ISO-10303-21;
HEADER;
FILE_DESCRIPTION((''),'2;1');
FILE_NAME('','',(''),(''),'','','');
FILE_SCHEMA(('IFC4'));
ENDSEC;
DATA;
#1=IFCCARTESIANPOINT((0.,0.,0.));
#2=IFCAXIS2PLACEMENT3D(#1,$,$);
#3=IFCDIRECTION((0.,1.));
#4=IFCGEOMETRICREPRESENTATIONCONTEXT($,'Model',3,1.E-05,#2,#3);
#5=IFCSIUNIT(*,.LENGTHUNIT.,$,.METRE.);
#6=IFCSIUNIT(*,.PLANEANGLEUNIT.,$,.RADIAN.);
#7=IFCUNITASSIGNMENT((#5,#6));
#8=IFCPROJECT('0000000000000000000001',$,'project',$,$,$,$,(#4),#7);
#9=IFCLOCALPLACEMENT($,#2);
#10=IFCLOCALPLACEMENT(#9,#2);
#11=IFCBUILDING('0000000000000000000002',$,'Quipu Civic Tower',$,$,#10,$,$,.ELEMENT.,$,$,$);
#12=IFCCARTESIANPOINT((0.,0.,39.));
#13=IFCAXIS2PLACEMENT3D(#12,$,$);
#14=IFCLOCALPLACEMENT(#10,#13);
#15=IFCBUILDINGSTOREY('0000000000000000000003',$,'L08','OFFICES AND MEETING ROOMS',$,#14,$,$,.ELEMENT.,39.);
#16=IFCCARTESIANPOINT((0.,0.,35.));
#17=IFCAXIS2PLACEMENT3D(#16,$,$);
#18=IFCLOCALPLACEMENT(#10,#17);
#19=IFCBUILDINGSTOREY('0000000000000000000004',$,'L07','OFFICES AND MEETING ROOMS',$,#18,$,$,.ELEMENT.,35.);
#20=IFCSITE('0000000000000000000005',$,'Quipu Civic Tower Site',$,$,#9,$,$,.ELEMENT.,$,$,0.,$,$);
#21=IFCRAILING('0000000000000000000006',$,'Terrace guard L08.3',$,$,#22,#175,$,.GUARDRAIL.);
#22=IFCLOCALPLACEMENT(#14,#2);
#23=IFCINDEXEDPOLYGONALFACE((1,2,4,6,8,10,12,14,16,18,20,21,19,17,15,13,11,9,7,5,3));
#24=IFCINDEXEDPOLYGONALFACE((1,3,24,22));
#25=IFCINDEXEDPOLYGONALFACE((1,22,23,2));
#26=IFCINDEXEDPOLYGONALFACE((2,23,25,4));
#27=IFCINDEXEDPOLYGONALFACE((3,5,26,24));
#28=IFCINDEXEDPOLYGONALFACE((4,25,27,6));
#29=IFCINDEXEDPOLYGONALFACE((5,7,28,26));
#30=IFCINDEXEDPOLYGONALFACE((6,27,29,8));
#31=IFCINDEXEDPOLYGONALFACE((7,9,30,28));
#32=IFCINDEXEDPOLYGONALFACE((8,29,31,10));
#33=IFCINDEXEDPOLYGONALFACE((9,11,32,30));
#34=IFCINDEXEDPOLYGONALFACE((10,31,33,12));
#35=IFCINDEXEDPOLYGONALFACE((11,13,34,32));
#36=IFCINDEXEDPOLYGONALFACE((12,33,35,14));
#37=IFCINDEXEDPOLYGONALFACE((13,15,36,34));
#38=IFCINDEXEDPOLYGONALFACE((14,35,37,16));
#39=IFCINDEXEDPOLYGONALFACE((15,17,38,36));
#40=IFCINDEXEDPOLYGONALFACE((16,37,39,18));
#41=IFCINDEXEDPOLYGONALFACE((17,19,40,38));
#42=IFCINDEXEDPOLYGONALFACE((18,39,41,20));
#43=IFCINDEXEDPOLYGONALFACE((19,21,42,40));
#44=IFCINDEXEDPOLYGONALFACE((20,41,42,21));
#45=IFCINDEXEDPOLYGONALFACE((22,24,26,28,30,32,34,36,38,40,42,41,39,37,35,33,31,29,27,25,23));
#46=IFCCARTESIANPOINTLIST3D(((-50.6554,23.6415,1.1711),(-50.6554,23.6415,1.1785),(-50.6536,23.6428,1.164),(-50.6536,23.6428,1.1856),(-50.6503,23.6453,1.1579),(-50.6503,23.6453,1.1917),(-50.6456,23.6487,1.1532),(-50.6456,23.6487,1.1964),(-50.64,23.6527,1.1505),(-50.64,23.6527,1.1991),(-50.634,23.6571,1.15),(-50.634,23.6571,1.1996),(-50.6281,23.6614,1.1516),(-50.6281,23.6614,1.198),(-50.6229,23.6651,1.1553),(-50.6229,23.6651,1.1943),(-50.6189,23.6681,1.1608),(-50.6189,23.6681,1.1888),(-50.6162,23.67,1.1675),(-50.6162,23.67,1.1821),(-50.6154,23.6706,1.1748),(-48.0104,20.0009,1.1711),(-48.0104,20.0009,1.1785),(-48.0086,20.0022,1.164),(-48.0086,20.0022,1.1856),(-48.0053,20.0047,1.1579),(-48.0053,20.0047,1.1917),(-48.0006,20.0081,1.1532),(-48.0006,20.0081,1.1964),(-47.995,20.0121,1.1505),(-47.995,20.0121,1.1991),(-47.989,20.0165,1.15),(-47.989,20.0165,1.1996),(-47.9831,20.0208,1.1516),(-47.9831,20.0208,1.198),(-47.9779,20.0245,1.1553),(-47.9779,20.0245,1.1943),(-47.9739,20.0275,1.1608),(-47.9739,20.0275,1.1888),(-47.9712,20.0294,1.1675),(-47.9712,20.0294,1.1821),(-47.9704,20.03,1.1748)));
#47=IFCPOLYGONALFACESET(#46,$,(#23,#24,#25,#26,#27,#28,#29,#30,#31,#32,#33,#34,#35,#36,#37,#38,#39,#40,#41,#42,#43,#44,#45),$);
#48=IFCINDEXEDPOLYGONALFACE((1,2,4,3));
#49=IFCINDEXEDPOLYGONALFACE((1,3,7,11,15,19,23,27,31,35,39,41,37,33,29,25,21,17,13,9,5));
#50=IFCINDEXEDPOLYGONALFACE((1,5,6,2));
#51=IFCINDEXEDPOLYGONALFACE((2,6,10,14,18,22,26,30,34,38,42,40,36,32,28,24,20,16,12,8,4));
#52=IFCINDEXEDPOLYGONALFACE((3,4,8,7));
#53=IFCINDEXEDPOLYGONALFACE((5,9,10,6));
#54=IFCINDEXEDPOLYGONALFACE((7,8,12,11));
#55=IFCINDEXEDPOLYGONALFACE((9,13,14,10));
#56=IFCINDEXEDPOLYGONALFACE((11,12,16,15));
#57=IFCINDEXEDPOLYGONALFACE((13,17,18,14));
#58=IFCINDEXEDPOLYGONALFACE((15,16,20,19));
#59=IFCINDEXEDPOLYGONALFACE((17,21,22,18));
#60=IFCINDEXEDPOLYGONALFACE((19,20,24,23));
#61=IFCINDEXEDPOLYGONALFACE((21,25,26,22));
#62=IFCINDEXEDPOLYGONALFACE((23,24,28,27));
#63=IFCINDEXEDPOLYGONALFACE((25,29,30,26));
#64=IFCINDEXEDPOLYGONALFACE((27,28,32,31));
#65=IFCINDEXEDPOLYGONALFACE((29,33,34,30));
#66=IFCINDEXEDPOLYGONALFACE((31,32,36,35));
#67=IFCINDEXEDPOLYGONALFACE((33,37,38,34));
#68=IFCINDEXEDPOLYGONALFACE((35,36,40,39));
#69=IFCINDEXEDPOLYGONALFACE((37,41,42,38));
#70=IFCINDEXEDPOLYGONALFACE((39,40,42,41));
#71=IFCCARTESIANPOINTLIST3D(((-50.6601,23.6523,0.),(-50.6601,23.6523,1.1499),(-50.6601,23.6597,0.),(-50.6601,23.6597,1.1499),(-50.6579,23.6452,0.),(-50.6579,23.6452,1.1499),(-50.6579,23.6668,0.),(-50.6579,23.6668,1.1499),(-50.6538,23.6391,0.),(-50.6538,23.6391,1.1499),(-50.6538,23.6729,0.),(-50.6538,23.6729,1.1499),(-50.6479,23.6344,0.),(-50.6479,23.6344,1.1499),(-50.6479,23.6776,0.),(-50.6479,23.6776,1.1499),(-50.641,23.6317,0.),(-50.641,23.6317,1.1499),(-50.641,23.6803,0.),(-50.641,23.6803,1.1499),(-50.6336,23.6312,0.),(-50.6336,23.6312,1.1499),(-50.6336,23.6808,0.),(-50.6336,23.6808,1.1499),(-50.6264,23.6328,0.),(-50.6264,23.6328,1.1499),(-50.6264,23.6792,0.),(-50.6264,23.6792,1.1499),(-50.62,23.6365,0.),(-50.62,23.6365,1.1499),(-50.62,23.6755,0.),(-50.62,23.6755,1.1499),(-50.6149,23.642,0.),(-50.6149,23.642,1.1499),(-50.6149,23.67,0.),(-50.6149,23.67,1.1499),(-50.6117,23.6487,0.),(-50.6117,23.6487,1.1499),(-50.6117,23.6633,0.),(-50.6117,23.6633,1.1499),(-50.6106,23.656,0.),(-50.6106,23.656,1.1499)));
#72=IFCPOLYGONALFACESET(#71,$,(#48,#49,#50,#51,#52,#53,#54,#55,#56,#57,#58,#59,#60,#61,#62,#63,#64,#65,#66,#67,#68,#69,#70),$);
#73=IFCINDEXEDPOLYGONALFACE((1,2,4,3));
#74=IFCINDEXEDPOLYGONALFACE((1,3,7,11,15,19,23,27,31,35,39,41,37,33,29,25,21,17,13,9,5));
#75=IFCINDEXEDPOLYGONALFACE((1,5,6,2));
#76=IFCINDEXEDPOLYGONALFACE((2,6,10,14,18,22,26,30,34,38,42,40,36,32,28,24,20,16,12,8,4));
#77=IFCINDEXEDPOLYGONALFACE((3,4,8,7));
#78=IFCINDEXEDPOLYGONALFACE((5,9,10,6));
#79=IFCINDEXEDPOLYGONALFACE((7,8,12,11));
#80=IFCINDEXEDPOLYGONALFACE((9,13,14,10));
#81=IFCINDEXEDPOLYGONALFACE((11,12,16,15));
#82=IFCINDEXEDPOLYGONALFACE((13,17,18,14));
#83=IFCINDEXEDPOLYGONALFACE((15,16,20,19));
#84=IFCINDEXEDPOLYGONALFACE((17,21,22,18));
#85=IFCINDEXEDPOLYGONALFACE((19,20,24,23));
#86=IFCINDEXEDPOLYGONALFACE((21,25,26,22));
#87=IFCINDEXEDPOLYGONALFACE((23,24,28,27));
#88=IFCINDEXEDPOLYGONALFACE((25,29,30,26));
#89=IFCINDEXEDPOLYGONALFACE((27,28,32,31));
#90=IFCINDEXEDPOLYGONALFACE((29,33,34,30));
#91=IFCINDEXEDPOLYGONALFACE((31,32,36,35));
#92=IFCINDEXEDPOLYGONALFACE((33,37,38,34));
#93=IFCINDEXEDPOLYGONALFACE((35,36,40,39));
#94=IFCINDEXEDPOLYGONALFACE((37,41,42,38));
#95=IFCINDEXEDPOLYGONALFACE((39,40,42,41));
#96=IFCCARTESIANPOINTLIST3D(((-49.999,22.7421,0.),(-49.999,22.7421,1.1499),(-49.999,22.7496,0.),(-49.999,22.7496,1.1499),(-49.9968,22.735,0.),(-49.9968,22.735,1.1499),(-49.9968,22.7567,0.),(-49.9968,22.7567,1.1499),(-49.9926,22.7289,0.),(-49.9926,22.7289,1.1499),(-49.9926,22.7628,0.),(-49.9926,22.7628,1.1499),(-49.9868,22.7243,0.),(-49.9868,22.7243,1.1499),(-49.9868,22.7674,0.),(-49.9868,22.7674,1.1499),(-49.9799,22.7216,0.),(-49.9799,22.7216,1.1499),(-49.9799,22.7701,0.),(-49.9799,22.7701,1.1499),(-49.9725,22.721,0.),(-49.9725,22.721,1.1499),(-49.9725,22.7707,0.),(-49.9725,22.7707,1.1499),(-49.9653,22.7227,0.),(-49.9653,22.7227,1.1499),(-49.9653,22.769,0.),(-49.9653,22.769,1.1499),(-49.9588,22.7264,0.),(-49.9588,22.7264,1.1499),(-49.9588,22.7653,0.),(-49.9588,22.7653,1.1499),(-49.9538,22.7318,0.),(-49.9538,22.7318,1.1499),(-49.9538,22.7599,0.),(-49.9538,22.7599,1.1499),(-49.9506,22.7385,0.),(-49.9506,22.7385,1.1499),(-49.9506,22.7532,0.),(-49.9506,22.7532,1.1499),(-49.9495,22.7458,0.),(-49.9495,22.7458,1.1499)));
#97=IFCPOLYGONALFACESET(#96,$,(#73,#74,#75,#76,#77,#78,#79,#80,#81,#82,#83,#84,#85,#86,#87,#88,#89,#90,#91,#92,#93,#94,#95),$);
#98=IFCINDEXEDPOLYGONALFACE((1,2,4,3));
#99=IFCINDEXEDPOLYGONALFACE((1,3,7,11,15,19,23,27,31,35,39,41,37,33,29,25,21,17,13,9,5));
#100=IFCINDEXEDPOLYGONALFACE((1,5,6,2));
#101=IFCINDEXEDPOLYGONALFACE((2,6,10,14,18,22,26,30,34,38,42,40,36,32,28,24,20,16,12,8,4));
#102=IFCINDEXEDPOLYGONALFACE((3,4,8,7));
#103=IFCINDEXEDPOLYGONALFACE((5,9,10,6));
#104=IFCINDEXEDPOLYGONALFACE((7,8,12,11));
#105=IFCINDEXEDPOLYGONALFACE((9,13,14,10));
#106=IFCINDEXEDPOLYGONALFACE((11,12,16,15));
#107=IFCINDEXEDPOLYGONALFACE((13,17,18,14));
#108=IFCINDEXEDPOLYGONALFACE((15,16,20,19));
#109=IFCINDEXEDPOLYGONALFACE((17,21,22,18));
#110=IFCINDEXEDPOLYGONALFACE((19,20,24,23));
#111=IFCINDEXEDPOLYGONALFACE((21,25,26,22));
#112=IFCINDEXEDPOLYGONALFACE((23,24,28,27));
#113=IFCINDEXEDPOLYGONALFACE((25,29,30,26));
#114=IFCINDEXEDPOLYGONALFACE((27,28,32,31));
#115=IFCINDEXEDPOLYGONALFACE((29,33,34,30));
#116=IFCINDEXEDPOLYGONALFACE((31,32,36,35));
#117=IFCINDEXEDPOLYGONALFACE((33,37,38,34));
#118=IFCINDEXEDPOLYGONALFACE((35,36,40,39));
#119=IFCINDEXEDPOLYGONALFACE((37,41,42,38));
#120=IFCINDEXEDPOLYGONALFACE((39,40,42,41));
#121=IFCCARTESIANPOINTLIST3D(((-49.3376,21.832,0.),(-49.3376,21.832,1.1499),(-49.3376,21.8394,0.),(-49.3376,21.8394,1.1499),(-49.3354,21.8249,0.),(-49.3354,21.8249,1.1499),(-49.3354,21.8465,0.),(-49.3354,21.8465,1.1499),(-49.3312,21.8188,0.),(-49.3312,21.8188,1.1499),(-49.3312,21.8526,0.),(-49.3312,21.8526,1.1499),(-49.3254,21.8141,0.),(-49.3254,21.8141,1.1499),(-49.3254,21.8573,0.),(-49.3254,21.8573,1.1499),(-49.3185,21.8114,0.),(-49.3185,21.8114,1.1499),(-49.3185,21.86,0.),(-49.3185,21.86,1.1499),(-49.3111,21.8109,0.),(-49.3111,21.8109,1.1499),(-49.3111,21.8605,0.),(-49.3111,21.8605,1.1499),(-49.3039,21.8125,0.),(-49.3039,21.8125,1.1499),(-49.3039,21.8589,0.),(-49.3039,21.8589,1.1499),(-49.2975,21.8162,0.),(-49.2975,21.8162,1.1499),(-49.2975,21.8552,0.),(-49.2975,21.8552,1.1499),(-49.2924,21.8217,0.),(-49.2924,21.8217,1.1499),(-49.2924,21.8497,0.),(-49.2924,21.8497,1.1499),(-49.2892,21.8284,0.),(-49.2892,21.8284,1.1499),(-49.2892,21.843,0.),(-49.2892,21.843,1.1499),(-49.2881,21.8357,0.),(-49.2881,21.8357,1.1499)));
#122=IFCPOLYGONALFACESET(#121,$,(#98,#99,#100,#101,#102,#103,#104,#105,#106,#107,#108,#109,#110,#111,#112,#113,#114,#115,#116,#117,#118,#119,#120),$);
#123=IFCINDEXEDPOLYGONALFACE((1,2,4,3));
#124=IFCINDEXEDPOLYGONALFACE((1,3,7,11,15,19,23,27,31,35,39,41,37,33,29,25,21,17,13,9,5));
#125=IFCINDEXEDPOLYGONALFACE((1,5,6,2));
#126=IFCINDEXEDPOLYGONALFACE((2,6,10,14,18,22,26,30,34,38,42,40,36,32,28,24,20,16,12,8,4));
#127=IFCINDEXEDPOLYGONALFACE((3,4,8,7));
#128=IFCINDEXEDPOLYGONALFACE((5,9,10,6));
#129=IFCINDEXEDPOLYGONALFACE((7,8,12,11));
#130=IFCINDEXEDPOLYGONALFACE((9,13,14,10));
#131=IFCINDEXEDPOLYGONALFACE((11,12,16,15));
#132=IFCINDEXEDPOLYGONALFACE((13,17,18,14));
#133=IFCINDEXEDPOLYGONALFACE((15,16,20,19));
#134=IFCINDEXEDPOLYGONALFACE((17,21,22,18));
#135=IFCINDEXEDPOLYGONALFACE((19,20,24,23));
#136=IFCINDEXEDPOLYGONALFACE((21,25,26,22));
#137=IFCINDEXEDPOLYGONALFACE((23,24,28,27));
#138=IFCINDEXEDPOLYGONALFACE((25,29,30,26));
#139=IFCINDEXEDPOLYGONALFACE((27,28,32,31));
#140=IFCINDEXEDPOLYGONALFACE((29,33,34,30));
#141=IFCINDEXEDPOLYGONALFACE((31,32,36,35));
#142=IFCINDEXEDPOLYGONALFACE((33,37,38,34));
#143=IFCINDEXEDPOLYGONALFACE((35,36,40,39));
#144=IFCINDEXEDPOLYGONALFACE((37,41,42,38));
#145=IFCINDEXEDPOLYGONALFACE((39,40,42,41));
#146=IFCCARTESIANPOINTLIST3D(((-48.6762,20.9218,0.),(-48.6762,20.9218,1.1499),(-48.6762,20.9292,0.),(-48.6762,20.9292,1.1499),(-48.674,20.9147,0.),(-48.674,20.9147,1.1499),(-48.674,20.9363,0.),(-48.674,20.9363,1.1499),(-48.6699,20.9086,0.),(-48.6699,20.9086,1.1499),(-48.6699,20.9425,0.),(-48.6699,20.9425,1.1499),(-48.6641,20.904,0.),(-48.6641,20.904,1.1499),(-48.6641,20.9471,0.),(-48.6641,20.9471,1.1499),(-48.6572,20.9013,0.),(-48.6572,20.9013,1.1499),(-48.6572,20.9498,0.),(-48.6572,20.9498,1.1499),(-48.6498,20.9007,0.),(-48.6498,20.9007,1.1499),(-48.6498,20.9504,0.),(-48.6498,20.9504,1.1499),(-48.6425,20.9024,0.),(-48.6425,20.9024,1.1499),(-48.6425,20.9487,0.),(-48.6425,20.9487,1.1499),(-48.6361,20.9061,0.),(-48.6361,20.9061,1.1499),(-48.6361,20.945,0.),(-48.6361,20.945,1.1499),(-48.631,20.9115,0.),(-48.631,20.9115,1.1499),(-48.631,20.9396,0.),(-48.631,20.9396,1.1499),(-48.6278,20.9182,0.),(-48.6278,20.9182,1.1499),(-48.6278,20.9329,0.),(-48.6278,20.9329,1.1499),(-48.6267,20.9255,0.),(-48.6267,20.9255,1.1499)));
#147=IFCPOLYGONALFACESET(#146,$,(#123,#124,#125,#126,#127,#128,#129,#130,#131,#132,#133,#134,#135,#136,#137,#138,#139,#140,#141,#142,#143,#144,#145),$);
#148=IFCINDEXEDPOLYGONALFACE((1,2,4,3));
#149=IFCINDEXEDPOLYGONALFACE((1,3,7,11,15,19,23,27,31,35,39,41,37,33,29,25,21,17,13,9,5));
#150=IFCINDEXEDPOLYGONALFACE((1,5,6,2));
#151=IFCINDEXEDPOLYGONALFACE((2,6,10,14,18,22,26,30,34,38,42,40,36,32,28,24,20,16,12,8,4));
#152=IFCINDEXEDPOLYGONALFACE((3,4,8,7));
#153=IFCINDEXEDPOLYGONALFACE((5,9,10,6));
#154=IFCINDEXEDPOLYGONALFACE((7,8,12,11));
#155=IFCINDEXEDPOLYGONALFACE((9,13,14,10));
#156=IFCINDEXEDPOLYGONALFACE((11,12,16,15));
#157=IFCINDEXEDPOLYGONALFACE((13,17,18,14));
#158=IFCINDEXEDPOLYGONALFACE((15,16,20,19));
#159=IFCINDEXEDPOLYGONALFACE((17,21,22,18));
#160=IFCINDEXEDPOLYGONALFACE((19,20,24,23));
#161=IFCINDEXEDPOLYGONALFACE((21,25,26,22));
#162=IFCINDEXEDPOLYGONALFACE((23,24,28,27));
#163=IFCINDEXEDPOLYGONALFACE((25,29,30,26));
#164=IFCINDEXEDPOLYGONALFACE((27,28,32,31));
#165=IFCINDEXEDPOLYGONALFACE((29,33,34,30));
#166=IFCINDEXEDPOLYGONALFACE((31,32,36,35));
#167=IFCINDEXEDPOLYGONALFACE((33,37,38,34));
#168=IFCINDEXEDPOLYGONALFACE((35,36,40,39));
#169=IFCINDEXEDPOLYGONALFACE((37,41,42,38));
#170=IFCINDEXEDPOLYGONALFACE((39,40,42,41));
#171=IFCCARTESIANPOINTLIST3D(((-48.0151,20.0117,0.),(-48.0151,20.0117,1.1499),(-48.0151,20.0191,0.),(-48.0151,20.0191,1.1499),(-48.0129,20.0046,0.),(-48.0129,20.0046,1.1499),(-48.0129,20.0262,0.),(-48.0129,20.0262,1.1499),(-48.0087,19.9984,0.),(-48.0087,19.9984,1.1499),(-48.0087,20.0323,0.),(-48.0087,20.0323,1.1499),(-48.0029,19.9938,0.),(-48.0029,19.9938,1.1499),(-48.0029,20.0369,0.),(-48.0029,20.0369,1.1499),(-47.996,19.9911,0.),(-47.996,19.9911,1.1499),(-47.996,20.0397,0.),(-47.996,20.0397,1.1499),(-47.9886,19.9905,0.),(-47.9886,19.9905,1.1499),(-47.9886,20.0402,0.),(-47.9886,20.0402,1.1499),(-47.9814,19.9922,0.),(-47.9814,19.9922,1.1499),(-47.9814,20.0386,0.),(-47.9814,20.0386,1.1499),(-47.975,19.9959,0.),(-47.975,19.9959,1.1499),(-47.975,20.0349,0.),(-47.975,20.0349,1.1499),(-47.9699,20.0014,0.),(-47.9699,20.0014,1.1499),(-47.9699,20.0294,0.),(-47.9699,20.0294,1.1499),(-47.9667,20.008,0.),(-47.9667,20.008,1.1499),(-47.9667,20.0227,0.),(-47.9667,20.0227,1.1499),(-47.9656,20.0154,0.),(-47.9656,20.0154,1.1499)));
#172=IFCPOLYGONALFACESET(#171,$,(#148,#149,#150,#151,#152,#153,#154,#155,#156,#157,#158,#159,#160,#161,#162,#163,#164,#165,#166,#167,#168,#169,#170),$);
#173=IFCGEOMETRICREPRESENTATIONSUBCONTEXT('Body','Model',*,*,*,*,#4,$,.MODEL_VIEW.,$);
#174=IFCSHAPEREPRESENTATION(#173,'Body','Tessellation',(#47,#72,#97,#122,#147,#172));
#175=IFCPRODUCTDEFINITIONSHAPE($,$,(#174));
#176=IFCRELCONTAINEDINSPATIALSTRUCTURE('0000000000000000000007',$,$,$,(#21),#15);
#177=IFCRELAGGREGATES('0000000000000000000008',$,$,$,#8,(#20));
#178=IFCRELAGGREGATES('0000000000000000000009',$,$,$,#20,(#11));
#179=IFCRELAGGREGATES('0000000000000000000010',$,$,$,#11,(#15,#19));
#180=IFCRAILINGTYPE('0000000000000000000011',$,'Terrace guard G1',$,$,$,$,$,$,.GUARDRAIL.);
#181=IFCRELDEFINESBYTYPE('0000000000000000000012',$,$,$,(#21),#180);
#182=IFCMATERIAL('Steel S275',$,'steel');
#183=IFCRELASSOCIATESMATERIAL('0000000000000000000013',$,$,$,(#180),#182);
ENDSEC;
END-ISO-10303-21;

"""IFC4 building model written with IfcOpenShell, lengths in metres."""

from ifc_helpers import new_model, si_unit, direction, frame, origin, origin_2d, place, context, subcontext, project, spatial, circle, extrude, material, type_object, element, save


model = new_model("IFC4")

# Units and contexts
model_context = context("Model", 3, precision=1e-05, world=origin(), true_north=direction((0.0, 1.0)))
body_context = subcontext(model_context, "Body", "Model", "MODEL_VIEW")
ifc_project = project(units=[si_unit("LENGTHUNIT", "METRE"), si_unit("PLANEANGLEUNIT", "RADIAN")], contexts=[model_context])

# Site, building, storey
site_placement = place(None, origin())
site = spatial("IfcSite", under=ifc_project, at=site_placement, Name="Quipu Civic Tower Site", CompositionType="ELEMENT", RefElevation=0.0)
building_placement = place(site_placement, origin())
building = spatial("IfcBuilding", under=site, at=building_placement, Name="Quipu Civic Tower", CompositionType="ELEMENT")
storey_1_placement = place(building_placement, frame((0.0, 0.0, 39.0)))
storey_1 = spatial("IfcBuildingStorey", under=building, at=storey_1_placement, Name="L08", Description="OFFICES AND MEETING ROOMS", CompositionType="ELEMENT", Elevation=39.0)

# Shared definitions
storey_2_placement = place(building_placement, frame((0.0, 0.0, 35.0)))
storey_2 = spatial("IfcBuildingStorey", under=building, at=storey_2_placement, Name="L07", Description="OFFICES AND MEETING ROOMS", CompositionType="ELEMENT", Elevation=35.0)

# Railing
ifc_material_1 = material(Name="Steel S275", Category="steel")
railing_type = type_object("IfcRailingType", Name="Terrace guard G1", PredefinedType="GUARDRAIL", material=ifc_material_1)
railing_1_placement = place(storey_1_placement, frame((-50.6355, 23.656, 0.0)))
element("IfcRailing", 1, at=railing_1_placement, inside=storey_1, type_object=railing_type, Name="Terrace guard L08.3", PredefinedType="GUARDRAIL", context=body_context, shape_type="SweptSolid", body=[
    extrude(circle(Radius=0.0249, at=origin_2d()), frame((0.0, 0.0, 1.1748), z_axis=(0.587778, -0.809022, 0.0), x_axis=(0.809022, 0.587778, 0.0)), (0.0, 0.0, 1.0), 4.5),
    extrude(circle(Radius=0.0249, at=origin_2d()), origin(), (0.0, 0.0, 1.0), 1.1499),
    extrude(circle(Radius=0.0249, at=origin_2d()), frame((0.6611, -0.9102, 0.0)), (0.0, 0.0, 1.0), 1.1499),
    extrude(circle(Radius=0.0249, at=origin_2d()), frame((1.3225, -1.8203, 0.0)), (0.0, 0.0, 1.0), 1.1499),
    extrude(circle(Radius=0.0249, at=origin_2d()), frame((1.9839, -2.7305, 0.0)), (0.0, 0.0, 1.0), 1.1499),
    extrude(circle(Radius=0.0249, at=origin_2d()), frame((2.645, -3.6406, 0.0)), (0.0, 0.0, 1.0), 1.1499),
])

save(model, "model.ifc")
